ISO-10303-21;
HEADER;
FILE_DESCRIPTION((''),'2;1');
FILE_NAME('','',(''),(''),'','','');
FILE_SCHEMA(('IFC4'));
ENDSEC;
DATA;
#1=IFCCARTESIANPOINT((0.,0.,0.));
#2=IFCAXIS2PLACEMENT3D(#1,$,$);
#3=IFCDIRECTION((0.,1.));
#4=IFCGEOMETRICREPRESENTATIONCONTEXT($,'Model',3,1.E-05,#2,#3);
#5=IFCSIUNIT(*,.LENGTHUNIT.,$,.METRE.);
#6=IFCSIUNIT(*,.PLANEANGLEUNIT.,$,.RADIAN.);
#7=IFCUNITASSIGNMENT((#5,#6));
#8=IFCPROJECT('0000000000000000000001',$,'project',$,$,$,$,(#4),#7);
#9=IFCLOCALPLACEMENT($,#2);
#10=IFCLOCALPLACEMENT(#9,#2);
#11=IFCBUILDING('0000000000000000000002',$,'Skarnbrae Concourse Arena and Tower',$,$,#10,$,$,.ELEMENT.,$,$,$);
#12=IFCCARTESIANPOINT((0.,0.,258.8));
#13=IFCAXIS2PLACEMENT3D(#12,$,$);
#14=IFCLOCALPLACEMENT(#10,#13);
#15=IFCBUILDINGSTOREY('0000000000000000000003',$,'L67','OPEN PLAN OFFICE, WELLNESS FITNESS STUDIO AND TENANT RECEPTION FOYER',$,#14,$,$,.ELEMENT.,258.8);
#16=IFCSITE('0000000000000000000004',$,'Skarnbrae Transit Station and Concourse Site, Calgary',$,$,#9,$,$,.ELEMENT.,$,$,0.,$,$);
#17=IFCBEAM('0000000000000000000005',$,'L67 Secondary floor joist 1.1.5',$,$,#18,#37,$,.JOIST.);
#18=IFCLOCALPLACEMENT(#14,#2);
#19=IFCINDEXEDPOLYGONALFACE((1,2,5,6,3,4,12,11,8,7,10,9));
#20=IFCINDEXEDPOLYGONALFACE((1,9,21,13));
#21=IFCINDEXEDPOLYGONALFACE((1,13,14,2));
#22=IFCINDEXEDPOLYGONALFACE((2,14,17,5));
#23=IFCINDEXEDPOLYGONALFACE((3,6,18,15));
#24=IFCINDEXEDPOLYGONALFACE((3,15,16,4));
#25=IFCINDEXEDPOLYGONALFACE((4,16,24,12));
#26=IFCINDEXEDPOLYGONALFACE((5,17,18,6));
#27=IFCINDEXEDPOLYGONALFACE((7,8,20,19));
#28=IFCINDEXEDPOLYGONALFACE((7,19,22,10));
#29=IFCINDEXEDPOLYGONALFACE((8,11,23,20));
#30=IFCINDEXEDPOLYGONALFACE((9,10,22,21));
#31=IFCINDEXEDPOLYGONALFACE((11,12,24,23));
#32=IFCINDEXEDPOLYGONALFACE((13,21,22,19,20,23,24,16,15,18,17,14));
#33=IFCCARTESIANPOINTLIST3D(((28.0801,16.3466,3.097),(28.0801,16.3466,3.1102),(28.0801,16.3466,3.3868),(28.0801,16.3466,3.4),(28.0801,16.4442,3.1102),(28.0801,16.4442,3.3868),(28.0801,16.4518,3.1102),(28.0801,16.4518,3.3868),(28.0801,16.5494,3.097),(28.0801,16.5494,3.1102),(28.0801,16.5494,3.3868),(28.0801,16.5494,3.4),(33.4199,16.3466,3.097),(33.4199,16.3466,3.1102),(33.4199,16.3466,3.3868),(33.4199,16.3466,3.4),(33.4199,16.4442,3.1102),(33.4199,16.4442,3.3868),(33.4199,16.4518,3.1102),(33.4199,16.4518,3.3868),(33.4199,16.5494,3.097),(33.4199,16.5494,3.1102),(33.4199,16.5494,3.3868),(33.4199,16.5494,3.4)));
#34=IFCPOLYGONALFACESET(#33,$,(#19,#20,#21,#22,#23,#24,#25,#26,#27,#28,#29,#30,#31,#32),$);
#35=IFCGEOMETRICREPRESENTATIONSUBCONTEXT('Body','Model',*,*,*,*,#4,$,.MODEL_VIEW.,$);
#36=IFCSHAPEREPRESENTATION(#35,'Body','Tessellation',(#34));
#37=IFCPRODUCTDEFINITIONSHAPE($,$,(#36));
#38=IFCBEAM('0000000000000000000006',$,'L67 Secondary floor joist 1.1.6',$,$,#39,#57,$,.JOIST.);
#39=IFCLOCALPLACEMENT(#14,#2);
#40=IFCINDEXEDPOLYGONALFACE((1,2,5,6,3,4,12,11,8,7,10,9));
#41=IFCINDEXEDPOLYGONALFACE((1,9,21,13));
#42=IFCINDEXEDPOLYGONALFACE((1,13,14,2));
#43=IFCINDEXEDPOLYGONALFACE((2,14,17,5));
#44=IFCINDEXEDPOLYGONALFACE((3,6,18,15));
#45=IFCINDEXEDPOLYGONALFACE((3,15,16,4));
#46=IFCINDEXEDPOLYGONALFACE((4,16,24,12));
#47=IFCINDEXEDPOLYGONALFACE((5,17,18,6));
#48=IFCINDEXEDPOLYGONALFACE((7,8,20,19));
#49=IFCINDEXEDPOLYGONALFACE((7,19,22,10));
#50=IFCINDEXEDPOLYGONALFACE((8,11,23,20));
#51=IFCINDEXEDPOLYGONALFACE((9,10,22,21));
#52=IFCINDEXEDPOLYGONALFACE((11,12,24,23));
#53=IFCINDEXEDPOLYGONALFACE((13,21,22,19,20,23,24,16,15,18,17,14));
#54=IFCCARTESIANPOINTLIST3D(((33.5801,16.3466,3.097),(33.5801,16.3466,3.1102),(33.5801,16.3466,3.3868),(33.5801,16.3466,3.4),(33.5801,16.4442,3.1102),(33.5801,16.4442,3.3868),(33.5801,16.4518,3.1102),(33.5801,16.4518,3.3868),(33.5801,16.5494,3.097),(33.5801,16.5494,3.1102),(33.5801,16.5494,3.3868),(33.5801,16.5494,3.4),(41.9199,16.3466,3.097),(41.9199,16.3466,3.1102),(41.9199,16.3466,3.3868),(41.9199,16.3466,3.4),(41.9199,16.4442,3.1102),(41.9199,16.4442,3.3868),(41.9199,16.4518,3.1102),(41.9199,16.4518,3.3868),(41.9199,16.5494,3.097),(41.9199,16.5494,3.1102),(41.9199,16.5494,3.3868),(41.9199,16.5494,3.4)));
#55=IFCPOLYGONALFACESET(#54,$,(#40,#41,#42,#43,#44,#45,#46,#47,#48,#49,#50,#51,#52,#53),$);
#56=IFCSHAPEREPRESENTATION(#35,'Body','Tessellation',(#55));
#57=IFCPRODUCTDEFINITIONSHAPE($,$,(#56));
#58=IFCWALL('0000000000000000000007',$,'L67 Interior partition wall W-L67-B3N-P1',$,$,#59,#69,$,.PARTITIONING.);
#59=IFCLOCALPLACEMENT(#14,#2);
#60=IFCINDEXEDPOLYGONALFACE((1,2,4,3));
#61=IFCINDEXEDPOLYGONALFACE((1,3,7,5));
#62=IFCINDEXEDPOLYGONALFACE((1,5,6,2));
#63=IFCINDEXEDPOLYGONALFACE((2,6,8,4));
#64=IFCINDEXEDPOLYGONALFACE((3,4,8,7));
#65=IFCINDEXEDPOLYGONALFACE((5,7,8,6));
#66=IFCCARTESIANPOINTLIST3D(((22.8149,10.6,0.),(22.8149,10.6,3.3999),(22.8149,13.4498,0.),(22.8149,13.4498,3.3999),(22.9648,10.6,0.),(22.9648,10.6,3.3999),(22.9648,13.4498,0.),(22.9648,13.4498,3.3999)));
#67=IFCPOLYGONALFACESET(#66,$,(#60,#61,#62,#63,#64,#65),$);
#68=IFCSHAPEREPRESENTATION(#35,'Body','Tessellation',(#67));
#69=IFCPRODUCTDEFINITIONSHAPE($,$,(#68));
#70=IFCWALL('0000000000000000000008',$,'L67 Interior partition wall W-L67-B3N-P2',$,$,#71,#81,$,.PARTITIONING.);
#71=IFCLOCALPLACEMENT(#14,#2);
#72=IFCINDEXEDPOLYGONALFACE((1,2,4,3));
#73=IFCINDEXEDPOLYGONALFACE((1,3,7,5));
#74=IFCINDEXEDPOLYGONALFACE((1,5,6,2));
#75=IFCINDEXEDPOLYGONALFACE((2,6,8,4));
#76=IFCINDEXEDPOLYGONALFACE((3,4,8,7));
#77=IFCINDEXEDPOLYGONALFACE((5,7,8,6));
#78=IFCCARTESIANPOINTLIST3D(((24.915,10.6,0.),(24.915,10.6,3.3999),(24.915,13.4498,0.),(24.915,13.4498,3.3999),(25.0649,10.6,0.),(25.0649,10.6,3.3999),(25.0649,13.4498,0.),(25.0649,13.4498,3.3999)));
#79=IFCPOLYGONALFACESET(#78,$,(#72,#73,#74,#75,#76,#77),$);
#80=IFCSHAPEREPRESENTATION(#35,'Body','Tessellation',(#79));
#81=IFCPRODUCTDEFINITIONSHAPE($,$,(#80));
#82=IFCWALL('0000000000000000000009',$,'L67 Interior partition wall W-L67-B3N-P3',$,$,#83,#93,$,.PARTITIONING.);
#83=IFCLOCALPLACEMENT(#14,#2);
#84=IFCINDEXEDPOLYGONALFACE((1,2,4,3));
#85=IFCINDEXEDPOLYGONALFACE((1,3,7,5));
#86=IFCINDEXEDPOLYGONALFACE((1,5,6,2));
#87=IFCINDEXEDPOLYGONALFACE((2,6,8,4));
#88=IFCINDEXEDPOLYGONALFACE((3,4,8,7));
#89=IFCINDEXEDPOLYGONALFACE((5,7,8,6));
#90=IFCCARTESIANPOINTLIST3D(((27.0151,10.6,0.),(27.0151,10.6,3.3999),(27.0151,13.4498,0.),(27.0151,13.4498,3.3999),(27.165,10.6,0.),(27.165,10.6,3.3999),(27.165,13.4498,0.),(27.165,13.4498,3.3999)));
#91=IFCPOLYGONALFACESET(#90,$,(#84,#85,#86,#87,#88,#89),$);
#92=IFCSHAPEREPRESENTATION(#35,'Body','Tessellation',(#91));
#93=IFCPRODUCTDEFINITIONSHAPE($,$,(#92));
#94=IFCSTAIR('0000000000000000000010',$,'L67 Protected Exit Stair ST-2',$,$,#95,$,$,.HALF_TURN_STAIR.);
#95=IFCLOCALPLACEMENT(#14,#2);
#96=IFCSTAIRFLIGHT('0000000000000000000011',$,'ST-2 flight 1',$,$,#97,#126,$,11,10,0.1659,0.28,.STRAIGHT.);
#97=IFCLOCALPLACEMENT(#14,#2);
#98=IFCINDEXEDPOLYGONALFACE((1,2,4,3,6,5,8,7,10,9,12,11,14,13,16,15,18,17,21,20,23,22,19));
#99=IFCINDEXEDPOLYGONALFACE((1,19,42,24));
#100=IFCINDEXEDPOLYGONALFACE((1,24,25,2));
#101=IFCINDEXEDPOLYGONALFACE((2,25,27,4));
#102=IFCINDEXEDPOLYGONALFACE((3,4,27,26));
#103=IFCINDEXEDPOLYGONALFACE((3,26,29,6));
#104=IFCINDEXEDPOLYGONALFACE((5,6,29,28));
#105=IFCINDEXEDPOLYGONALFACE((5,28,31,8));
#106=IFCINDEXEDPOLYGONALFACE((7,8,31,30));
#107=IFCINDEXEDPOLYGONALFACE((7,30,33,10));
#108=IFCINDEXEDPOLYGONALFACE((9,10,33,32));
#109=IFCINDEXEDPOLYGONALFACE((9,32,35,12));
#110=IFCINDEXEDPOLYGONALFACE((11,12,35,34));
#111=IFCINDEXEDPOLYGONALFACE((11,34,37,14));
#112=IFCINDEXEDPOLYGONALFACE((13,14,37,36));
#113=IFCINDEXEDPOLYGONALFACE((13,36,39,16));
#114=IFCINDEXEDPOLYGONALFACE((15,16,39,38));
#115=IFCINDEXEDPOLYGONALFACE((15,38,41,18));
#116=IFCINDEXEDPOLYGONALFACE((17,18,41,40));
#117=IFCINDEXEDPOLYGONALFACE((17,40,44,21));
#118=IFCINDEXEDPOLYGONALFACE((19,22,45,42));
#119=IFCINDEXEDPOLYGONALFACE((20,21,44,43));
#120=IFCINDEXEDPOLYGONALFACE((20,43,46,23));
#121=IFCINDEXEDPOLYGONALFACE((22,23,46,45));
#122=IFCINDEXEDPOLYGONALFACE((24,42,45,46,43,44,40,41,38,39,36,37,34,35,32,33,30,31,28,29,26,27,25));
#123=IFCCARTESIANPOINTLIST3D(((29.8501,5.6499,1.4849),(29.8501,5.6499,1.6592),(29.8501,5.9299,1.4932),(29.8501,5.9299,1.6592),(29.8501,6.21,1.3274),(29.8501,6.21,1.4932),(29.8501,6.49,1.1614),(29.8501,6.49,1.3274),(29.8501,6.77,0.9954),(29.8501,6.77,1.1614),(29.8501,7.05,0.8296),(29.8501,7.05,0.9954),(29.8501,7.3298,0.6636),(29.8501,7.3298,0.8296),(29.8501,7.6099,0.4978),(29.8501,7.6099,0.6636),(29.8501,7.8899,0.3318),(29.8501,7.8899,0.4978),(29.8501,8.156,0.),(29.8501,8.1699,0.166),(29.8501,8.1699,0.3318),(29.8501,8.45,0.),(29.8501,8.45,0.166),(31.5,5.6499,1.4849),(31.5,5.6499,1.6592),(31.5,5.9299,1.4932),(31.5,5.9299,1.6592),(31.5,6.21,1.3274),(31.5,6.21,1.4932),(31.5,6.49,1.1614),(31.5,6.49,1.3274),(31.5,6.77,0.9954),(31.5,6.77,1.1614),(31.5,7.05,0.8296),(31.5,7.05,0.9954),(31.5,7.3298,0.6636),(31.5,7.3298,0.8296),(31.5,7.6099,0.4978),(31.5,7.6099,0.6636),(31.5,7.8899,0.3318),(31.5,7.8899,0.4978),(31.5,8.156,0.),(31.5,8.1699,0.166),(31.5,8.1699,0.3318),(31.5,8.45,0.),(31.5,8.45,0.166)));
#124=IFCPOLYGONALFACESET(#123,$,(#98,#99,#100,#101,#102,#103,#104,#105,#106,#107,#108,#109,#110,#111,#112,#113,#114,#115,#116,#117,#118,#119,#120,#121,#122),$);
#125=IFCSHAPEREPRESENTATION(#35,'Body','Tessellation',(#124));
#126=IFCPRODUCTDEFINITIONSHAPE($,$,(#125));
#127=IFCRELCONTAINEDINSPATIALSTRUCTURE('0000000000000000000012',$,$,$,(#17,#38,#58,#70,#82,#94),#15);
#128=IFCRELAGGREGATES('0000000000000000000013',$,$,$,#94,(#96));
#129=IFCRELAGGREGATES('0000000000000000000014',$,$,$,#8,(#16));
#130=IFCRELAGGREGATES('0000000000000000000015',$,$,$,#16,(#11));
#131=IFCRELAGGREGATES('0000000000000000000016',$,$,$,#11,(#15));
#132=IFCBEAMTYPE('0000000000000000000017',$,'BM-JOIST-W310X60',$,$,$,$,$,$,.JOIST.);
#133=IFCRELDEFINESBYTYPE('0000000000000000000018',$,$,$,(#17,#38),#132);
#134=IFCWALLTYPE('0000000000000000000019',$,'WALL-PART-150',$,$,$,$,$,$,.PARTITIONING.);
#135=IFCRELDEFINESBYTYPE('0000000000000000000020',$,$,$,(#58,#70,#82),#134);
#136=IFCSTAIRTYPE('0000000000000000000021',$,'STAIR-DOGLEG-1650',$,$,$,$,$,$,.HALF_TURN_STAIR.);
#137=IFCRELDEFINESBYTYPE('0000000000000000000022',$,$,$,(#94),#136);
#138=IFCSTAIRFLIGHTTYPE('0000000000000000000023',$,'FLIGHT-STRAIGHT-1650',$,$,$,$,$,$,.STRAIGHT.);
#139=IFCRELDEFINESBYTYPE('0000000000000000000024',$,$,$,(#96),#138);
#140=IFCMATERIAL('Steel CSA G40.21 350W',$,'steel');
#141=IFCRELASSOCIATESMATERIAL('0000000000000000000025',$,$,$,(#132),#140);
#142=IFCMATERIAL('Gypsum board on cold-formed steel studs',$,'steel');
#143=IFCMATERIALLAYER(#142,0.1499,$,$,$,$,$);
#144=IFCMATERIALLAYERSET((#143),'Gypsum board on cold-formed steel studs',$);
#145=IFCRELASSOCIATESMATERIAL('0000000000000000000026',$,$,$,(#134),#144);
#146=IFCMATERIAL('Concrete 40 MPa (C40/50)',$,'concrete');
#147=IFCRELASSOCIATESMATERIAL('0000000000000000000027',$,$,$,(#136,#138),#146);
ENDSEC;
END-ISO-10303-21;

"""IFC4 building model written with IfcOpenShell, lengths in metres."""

from ifc_helpers import new_model, si_unit, direction, frame, frame_2d, origin, origin_2d, place, context, subcontext, project, spatial, polyline, rectangle, i_section, outline, extrude, source, transform, mapped, material, layer, layer_set, material_profile, profile_set, type_object, element, aggregate, save


model = new_model("IFC4")

# Units and contexts
model_context = context("Model", 3, precision=1e-05, world=origin(), true_north=direction((0.0, 1.0)))
body_context = subcontext(model_context, "Body", "Model", "MODEL_VIEW")
ifc_project = project(units=[si_unit("LENGTHUNIT", "METRE"), si_unit("PLANEANGLEUNIT", "RADIAN")], contexts=[model_context])

# Site, building, storey
site_placement = place(None, origin())
site = spatial("IfcSite", under=ifc_project, at=site_placement, Name="Skarnbrae Transit Station and Concourse Site, Calgary", CompositionType="ELEMENT", RefElevation=0.0)
building_placement = place(site_placement, origin())
building = spatial("IfcBuilding", under=site, at=building_placement, Name="Skarnbrae Concourse Arena and Tower", CompositionType="ELEMENT")
storey_placement = place(building_placement, frame((0.0, 0.0, 258.8)))
storey = spatial("IfcBuildingStorey", under=building, at=storey_placement, Name="L67", Description="OPEN PLAN OFFICE, WELLNESS FITNESS STUDIO AND TENANT RECEPTION FOYER", CompositionType="ELEMENT", Elevation=258.8)

# Shared definitions
ifc_material_1 = material(Name="Steel CSA G40.21 350W", Category="steel")

# Beams
ifc_material_profile_1 = material_profile(ifc_material_1, i_section(OverallWidth=0.2029, OverallDepth=0.303, WebThickness=0.0076, FlangeThickness=0.0132, at=origin_2d()), Name="W310X60")
ifc_profile_set_1 = profile_set([ifc_material_profile_1], Name="Steel CSA G40.21 350W")
beam_type_1 = type_object("IfcBeamType", Name="BM-JOIST-W310X60", PredefinedType="JOIST", material=ifc_profile_set_1)
shared_shape_1 = source(origin(), body_context, "Body", "SweptSolid", [
    extrude(i_section(OverallWidth=0.2029, OverallDepth=0.303, WebThickness=0.0076, FlangeThickness=0.0132, at=origin_2d()), origin(), (0.0, 0.0, 1.0), 5.3398),
])
beam_1_placement = place(storey_placement, frame((28.0801, 16.448, 3.2485), z_axis=(1.0, 0.0, 0.0), x_axis=(0.0, 1.0, 0.0)))
element("IfcBeam", 1, at=beam_1_placement, inside=storey, type_object=beam_type_1, Name="L67 Secondary floor joist 1.1.5", PredefinedType="JOIST", context=body_context, shape_type="MappedRepresentation", body=[
    mapped(shared_shape_1, transform((0.0, 0.0, 0.0))),
])
shared_shape_2 = source(origin(), body_context, "Body", "SweptSolid", [
    extrude(i_section(OverallWidth=0.2029, OverallDepth=0.303, WebThickness=0.0076, FlangeThickness=0.0132, at=origin_2d()), origin(), (0.0, 0.0, 1.0), 8.3398),
])
beam_2_placement = place(storey_placement, frame((33.5801, 16.448, 3.2485), z_axis=(1.0, 0.0, 0.0), x_axis=(0.0, 1.0, 0.0)))
element("IfcBeam", 2, at=beam_2_placement, inside=storey, type_object=beam_type_1, Name="L67 Secondary floor joist 1.1.6", PredefinedType="JOIST", context=body_context, shape_type="MappedRepresentation", body=[
    mapped(shared_shape_2, transform((0.0, 0.0, 0.0))),
])

# Walls
ifc_material_2 = material(Name="Gypsum board on cold-formed steel studs", Category="steel")
ifc_layer_1 = layer(ifc_material_2, 0.1499)
ifc_layer_set_1 = layer_set([ifc_layer_1], Name="Gypsum board on cold-formed steel studs")
wall_type_1 = type_object("IfcWallType", Name="WALL-PART-150", PredefinedType="PARTITIONING", material=ifc_layer_set_1)
shared_shape_3 = source(origin(), body_context, "Body", "SweptSolid", [
    extrude(rectangle(XDim=2.8499, YDim=0.1499, at=frame_2d((1.4248, 0.0))), origin(), (0.0, 0.0, 1.0), 3.3999),
])
for number, where, z_axis, x_axis, name in (
    (3, (22.8899, 10.6001, 0.0), (0.0, 0.0, 1.0), (0.0, 1.0, 0.0), "L67 Interior partition wall W-L67-B3N-P1"),
    (4, (24.99, 10.6001, 0.0), (0.0, 0.0, 1.0), (0.0, 1.0, 0.0), "L67 Interior partition wall W-L67-B3N-P2"),
    (5, (27.0901, 10.6001, 0.0), (0.0, 0.0, 1.0), (0.0, 1.0, 0.0), "L67 Interior partition wall W-L67-B3N-P3"),
):
    element("IfcWall", number, at=place(storey_placement, frame(where, z_axis=z_axis, x_axis=x_axis)), inside=storey, type_object=wall_type_1, Name=name, PredefinedType="PARTITIONING", context=body_context, shape_type="MappedRepresentation", body=[
        mapped(shared_shape_3, transform((0.0, 0.0, 0.0))),
    ])

# Stair, stair flight
ifc_material_3 = material(Name="Concrete 40 MPa (C40/50)", Category="concrete")
stair_type = type_object("IfcStairType", Name="STAIR-DOGLEG-1650", PredefinedType="HALF_TURN_STAIR", material=ifc_material_3)
stair_placement = place(storey_placement, origin())
stair = element("IfcStair", 6, at=stair_placement, inside=storey, type_object=stair_type, Name="L67 Protected Exit Stair ST-2", PredefinedType="HALF_TURN_STAIR")
stair_flight_type = type_object("IfcStairFlightType", Name="FLIGHT-STRAIGHT-1650", PredefinedType="STRAIGHT", material=ifc_material_3)
shared_shape_4 = source(origin(), body_context, "Body", "SweptSolid", [
    extrude(outline(polyline([(0.0, 0.0), (0.0, 0.166), (0.28, 0.166), (0.28, 0.3318), (0.5601, 0.3318), (0.5601, 0.4978), (0.8401, 0.4978), (0.8401, 0.6636), (1.1201, 0.6636), (1.1201, 0.8296), (1.3999, 0.8296), (1.3999, 0.9954), (1.6799, 0.9954), (1.6799, 1.1614), (1.96, 1.1614), (1.96, 1.3274), (2.24, 1.3274), (2.24, 1.4932), (2.52, 1.4932), (2.52, 1.6592), (2.8, 1.6592), (2.8, 1.825), (2.8, 1.4849), (0.2939, 0.0), (0.0, 0.0)])), frame((0.0, 0.825, 0.0), z_axis=(0.0, -1.0, 0.0), x_axis=(1.0, 0.0, 0.0)), (0.0, 0.0, 1.0), 1.6499),
])
stair_flight_placement = place(storey_placement, frame((30.675, 8.45, 0.0), z_axis=(0.0, 0.0, 1.0), x_axis=(0.0, -1.0, 0.0)))
stair_flight = element("IfcStairFlight", 7, at=stair_flight_placement, type_object=stair_flight_type, Name="ST-2 flight 1", NumberOfRisers=11, NumberOfTreads=10, PredefinedType="STRAIGHT", RiserHeight=0.1659, TreadLength=0.28, context=body_context, shape_type="MappedRepresentation", body=[
    mapped(shared_shape_4, transform((0.0, 0.0, 0.0))),
])
aggregate(stair, [stair_flight])

save(model, "model.ifc")
